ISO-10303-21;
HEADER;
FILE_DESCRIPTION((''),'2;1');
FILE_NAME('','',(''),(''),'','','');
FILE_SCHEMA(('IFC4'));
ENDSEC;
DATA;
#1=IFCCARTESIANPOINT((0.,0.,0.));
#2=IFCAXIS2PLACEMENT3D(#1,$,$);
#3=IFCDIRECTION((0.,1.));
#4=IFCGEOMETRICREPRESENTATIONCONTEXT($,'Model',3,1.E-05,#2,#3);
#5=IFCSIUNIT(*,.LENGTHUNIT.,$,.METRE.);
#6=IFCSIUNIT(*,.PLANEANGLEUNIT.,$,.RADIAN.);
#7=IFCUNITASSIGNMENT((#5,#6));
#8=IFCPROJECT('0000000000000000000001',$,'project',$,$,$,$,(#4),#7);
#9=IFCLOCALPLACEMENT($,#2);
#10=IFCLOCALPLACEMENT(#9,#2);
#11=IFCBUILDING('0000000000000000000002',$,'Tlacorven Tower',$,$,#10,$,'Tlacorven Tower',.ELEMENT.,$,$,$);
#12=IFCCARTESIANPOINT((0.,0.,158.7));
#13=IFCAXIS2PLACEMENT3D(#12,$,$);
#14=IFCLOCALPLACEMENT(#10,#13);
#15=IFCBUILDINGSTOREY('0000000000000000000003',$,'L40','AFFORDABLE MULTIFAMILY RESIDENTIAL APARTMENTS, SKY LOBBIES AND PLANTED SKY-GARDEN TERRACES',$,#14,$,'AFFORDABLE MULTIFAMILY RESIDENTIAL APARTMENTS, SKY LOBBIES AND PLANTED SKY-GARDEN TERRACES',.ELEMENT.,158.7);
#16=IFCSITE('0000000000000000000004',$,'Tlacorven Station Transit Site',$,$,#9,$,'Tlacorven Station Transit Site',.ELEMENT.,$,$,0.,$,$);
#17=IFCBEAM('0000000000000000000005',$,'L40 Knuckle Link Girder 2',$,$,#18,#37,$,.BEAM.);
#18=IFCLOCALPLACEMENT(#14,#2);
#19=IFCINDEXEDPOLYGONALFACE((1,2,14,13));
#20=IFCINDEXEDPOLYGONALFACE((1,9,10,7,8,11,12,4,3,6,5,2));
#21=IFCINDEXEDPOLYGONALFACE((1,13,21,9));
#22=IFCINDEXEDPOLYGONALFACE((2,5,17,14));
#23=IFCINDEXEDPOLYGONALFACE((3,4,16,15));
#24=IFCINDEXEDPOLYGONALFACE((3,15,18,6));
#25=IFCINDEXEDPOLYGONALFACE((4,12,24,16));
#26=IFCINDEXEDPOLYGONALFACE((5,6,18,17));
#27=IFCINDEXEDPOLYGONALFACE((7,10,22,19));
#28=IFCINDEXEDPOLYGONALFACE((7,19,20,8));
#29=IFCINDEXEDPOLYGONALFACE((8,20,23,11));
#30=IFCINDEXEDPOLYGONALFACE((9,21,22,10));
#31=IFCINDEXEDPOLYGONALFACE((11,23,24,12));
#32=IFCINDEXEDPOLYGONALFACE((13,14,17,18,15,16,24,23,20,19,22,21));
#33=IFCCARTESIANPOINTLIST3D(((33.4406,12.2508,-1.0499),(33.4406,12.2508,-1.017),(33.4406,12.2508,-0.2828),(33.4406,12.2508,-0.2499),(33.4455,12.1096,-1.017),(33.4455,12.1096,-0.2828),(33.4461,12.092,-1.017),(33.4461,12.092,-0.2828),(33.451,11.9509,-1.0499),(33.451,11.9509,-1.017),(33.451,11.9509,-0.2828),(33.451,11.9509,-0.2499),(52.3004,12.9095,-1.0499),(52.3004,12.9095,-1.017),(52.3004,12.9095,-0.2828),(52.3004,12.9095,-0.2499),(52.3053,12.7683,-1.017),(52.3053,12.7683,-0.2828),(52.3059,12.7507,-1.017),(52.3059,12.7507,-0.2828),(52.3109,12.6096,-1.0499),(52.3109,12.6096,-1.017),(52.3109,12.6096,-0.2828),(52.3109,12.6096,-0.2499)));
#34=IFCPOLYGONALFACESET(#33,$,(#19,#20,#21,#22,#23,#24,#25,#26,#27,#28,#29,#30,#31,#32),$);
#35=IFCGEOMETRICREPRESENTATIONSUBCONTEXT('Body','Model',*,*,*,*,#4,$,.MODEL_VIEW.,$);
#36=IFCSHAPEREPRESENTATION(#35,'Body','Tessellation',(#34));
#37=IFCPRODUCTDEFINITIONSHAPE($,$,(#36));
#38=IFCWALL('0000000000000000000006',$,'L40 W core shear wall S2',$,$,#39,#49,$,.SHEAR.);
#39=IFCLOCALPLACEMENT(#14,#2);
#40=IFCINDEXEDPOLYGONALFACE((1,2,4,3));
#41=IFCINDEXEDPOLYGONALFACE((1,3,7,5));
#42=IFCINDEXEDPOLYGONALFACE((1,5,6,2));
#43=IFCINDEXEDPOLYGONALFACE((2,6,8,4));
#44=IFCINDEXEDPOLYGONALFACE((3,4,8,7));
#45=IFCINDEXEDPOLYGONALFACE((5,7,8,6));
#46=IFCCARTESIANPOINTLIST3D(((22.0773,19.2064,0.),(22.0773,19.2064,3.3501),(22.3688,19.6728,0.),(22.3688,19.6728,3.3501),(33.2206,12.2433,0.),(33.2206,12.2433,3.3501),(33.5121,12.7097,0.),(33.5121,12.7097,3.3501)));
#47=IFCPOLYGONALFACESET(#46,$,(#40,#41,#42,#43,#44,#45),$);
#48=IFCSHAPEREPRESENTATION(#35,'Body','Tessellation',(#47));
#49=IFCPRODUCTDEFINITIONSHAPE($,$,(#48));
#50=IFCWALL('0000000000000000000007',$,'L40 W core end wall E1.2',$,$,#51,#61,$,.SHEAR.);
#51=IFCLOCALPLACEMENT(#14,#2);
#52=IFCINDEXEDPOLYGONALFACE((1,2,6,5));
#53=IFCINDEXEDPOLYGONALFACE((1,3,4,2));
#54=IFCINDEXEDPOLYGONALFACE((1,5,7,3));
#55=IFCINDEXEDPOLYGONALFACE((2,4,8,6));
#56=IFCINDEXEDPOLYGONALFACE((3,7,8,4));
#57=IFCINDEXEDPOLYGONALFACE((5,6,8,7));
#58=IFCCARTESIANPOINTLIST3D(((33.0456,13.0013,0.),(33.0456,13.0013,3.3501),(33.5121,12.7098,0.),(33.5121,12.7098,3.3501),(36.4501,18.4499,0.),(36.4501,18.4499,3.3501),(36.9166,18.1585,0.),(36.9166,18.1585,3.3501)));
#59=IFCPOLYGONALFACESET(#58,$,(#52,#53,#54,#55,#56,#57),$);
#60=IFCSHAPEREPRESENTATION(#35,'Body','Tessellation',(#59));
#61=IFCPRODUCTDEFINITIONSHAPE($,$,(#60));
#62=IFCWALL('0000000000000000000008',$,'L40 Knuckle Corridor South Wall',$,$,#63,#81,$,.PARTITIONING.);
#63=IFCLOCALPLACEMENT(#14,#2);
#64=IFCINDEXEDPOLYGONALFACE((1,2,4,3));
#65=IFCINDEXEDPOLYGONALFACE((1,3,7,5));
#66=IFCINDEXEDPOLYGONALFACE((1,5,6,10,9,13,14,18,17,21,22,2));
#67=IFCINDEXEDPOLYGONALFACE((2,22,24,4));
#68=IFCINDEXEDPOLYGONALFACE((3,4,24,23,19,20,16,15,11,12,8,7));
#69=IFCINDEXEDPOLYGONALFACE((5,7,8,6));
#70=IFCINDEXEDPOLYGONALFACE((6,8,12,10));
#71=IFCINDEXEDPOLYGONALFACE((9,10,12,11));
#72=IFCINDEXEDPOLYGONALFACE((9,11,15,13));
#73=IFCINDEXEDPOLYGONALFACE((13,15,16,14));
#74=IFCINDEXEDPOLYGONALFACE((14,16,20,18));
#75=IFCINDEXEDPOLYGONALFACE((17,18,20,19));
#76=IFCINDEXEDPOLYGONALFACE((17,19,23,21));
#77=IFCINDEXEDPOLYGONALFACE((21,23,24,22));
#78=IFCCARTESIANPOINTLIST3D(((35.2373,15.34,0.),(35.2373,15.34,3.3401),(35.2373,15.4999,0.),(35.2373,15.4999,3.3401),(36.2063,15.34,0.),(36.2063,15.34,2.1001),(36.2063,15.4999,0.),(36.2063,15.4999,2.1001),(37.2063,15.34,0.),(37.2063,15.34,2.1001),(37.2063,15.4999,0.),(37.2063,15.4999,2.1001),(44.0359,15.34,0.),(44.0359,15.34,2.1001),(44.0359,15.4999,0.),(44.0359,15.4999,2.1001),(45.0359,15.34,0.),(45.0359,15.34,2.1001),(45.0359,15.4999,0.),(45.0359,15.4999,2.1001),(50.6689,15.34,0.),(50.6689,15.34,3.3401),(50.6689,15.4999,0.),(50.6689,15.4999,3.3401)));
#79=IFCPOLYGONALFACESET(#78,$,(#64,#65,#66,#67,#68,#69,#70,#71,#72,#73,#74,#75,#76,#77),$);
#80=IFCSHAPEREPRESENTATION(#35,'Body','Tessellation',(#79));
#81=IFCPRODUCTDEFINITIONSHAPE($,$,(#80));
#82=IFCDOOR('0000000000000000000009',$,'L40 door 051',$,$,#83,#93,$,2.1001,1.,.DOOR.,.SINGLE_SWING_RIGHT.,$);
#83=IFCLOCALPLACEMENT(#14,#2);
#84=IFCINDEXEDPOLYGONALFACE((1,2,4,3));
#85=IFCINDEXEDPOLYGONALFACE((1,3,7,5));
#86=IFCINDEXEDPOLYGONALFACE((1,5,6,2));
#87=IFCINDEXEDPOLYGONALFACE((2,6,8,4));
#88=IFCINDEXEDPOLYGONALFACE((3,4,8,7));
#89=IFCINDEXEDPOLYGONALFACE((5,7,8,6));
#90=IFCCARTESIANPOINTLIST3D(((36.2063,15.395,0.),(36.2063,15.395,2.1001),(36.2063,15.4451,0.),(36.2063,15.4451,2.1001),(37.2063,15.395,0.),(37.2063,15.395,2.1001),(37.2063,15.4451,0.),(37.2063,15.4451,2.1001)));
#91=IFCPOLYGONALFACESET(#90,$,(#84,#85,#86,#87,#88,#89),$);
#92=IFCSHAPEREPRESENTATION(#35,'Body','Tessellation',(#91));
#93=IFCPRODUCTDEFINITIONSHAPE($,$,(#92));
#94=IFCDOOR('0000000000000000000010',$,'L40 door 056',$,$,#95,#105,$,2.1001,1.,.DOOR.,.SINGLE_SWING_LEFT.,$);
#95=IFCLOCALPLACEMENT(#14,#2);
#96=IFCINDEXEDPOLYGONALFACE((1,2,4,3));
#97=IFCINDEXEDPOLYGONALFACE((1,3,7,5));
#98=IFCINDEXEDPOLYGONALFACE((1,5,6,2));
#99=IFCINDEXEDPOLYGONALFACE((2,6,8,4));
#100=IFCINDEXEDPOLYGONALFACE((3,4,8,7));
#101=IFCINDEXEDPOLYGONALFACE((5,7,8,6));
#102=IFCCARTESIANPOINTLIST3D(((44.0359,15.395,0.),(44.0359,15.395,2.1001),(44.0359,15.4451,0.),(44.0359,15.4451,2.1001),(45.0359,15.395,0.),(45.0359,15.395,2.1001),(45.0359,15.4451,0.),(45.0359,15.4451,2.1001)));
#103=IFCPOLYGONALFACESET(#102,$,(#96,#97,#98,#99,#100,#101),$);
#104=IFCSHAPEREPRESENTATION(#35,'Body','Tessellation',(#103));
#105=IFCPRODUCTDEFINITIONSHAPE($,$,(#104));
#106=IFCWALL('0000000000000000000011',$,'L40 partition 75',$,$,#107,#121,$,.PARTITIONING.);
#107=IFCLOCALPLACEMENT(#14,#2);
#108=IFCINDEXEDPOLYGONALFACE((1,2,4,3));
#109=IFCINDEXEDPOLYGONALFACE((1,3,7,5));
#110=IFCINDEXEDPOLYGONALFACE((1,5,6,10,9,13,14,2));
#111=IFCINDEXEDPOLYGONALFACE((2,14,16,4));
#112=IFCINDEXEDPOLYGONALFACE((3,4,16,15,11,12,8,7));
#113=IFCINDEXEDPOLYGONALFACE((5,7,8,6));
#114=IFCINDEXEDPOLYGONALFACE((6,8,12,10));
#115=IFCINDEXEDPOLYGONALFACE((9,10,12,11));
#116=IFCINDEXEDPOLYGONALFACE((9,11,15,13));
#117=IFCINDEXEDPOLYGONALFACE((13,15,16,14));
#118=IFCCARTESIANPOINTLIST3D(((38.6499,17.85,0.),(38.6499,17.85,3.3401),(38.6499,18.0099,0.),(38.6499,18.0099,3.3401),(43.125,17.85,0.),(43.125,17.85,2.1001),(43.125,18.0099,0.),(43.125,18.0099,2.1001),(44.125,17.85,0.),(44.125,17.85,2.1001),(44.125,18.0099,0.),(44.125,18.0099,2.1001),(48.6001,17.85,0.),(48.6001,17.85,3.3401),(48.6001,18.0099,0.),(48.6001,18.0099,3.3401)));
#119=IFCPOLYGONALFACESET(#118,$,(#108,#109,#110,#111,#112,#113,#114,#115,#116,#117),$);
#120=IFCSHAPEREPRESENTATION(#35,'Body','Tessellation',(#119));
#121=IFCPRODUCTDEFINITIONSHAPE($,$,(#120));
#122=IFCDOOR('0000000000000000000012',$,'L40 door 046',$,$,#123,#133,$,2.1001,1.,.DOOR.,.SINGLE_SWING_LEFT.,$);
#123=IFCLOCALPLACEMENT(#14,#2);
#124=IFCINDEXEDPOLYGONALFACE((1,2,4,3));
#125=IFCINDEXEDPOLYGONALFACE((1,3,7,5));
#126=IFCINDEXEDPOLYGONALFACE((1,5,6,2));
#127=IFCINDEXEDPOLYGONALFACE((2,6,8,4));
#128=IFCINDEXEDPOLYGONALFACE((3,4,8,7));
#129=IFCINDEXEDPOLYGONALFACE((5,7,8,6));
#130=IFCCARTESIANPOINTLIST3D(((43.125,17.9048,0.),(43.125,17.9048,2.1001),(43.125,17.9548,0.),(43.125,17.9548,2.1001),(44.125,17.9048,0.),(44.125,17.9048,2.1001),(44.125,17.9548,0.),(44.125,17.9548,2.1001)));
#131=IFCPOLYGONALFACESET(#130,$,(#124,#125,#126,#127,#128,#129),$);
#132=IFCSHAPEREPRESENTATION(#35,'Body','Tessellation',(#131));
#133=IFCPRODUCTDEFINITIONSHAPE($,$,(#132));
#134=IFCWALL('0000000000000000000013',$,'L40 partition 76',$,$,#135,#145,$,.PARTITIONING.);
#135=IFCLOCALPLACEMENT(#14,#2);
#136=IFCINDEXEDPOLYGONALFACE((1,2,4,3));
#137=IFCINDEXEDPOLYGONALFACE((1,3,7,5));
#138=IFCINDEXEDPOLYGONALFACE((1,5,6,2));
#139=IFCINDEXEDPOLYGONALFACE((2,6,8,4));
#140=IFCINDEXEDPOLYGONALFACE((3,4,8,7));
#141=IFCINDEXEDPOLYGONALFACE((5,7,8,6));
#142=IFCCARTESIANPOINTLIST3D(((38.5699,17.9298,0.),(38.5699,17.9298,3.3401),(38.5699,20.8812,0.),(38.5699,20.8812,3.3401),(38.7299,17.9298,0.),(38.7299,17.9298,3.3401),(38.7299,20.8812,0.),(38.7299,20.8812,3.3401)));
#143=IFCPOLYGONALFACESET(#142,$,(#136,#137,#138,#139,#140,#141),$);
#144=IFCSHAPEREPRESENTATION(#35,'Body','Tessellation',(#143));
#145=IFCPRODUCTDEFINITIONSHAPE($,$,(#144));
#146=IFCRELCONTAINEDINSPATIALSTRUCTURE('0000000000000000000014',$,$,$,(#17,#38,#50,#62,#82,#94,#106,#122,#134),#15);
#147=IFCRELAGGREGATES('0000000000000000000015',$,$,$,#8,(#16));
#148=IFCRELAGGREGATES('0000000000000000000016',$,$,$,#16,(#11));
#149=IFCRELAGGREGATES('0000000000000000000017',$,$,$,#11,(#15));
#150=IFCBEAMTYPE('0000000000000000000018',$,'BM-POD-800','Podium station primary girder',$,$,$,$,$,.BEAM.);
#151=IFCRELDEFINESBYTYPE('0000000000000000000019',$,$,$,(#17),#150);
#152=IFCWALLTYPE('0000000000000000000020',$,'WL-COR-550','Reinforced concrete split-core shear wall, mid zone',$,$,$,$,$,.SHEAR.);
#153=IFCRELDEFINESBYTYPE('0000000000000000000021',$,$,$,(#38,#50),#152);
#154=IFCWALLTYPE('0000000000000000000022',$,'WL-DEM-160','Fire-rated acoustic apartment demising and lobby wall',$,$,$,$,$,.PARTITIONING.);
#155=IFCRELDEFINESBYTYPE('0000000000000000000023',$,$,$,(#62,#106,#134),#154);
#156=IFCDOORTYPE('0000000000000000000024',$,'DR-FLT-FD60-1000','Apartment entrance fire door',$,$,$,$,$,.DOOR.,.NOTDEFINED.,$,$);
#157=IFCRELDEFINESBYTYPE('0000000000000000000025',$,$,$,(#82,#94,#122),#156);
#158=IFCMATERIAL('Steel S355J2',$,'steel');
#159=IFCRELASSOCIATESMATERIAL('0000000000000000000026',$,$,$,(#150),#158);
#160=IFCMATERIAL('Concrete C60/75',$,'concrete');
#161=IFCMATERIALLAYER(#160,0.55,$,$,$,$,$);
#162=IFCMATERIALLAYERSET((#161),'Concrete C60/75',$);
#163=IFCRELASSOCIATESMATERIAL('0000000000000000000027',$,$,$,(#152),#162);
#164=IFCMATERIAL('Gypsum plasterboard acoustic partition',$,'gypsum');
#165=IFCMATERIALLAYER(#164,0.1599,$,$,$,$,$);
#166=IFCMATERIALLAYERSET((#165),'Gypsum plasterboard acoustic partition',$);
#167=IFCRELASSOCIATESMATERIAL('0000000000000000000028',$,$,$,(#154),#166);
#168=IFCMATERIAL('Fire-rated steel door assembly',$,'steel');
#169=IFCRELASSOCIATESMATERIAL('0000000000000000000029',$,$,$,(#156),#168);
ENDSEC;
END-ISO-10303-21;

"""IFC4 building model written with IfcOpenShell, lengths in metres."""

from ifc_helpers import new_model, si_unit, direction, frame, frame_2d, origin, origin_2d, place, context, subcontext, project, spatial, rectangle, i_section, extrude, source, transform, mapped, material, layer, layer_set, material_profile, profile_set, type_object, element, fill, save


model = new_model("IFC4")

# Units and contexts
model_context = context("Model", 3, precision=1e-05, world=origin(), true_north=direction((0.0, 1.0)))
body_context = subcontext(model_context, "Body", "Model", "MODEL_VIEW")
ifc_project = project(units=[si_unit("LENGTHUNIT", "METRE"), si_unit("PLANEANGLEUNIT", "RADIAN")], contexts=[model_context])

# Site, building, storey
site_placement = place(None, origin())
site = spatial("IfcSite", under=ifc_project, at=site_placement, Name="Tlacorven Station Transit Site", LongName="Tlacorven Station Transit Site", CompositionType="ELEMENT", RefElevation=0.0)
building_placement = place(site_placement, origin())
building = spatial("IfcBuilding", under=site, at=building_placement, Name="Tlacorven Tower", LongName="Tlacorven Tower", CompositionType="ELEMENT")
storey_placement = place(building_placement, frame((0.0, 0.0, 158.7)))
storey = spatial("IfcBuildingStorey", under=building, at=storey_placement, Name="L40", Description="AFFORDABLE MULTIFAMILY RESIDENTIAL APARTMENTS, SKY LOBBIES AND PLANTED SKY-GARDEN TERRACES", LongName="AFFORDABLE MULTIFAMILY RESIDENTIAL APARTMENTS, SKY LOBBIES AND PLANTED SKY-GARDEN TERRACES", CompositionType="ELEMENT", Elevation=158.7)

# Beam
ifc_material_1 = material(Name="Steel S355J2", Category="steel")
ifc_material_profile = material_profile(ifc_material_1, i_section(OverallWidth=0.3, OverallDepth=0.8, WebThickness=0.0176, FlangeThickness=0.033, at=origin_2d()), Name="HEB 800")
ifc_profile_set = profile_set([ifc_material_profile], Name="Steel S355J2")
beam_type = type_object("IfcBeamType", Name="BM-POD-800", Description="Podium station primary girder", PredefinedType="BEAM", material=ifc_profile_set)
shared_shape_1 = source(origin(), body_context, "Body", "SweptSolid", [
    extrude(i_section(OverallWidth=0.3, OverallDepth=0.8, WebThickness=0.0176, FlangeThickness=0.033, at=origin_2d()), origin(), (0.0, 0.0, 1.0), 18.8713),
])
beam_placement = place(storey_placement, frame((33.4458, 12.1008, -0.6499), z_axis=(0.999391, 0.034904, 0.0), x_axis=(-0.034904, 0.999391, 0.0)))
element("IfcBeam", 1, at=beam_placement, inside=storey, type_object=beam_type, Name="L40 Knuckle Link Girder 2", PredefinedType="BEAM", context=body_context, shape_type="MappedRepresentation", body=[
    mapped(shared_shape_1, transform((0.0, 0.0, 0.0), scale=1.0)),
])

# Walls
ifc_material_2 = material(Name="Concrete C60/75", Category="concrete")
ifc_layer_1 = layer(ifc_material_2, 0.55)
ifc_layer_set_1 = layer_set([ifc_layer_1], Name="Concrete C60/75")
wall_type_1 = type_object("IfcWallType", Name="WL-COR-550", Description="Reinforced concrete split-core shear wall, mid zone", PredefinedType="SHEAR", material=ifc_layer_set_1)
wall_1_placement = place(storey_placement, frame((33.3662, 12.4766, 0.0), z_axis=(0.0, 0.0, 1.0), x_axis=(-0.848047, 0.52992, 0.0)))
element("IfcWall", 2, at=wall_1_placement, inside=storey, type_object=wall_type_1, Name="L40 W core shear wall S2", PredefinedType="SHEAR", context=body_context, shape_type="SweptSolid", body=[
    extrude(rectangle(XDim=13.1399, YDim=0.55, at=frame_2d((6.5698, 0.0))), origin(), (0.0, 0.0, 1.0), 3.3501),
])
wall_2_placement = place(storey_placement, frame((36.6833, 18.3042, 0.0), z_axis=(0.0, 0.0, 1.0), x_axis=(-0.529896, -0.848062, 0.0)))
element("IfcWall", 3, at=wall_2_placement, inside=storey, type_object=wall_type_1, Name="L40 W core end wall E1.2", PredefinedType="SHEAR", context=body_context, shape_type="SweptSolid", body=[
    extrude(rectangle(XDim=6.4248, YDim=0.55, at=frame_2d((3.2124, 0.0))), origin(), (0.0, 0.0, 1.0), 3.3501),
])

# Wall, openings, doors
ifc_material_3 = material(Name="Gypsum plasterboard acoustic partition", Category="gypsum")
ifc_layer_2 = layer(ifc_material_3, 0.1599)
ifc_layer_set_2 = layer_set([ifc_layer_2], Name="Gypsum plasterboard acoustic partition")
wall_type_2 = type_object("IfcWallType", Name="WL-DEM-160", Description="Fire-rated acoustic apartment demising and lobby wall", PredefinedType="PARTITIONING", material=ifc_layer_set_2)
wall_3_placement = place(storey_placement, frame((35.2373, 15.4199, 0.0), z_axis=(0.0, 0.0, 1.0), x_axis=(1.0, 0.0, 0.0)))
wall_3 = element("IfcWall", 4, at=wall_3_placement, inside=storey, type_object=wall_type_2, Name="L40 Knuckle Corridor South Wall", PredefinedType="PARTITIONING", context=body_context, shape_type="SweptSolid", body=[
    extrude(rectangle(XDim=15.4316, YDim=0.1599, at=frame_2d((7.7158, 0.0))), origin(), (0.0, 0.0, 1.0), 3.3401),
])
opening_1_placement = place(wall_3_placement, frame((0.969, 0.0, 0.0)))
opening_1 = element("IfcOpeningElement", 5, at=opening_1_placement, cuts=wall_3, PredefinedType="OPENING", context=body_context, shape_type="SweptSolid", body=[
    extrude(rectangle(XDim=1.0, YDim=2.1001, at=frame_2d((0.5, 1.05))), frame((0.0, 0.0898, 0.0), z_axis=(0.0, -1.0, 0.0), x_axis=(1.0, 0.0, 0.0)), (0.0, 0.0, 1.0), 0.1799),
])
opening_2_placement = place(wall_3_placement, frame((8.7986, 0.0, 0.0)))
opening_2 = element("IfcOpeningElement", 6, at=opening_2_placement, cuts=wall_3, PredefinedType="OPENING", context=body_context, shape_type="SweptSolid", body=[
    extrude(rectangle(XDim=1.0, YDim=2.1001, at=frame_2d((0.5, 1.05))), frame((0.0, 0.0898, 0.0), z_axis=(0.0, -1.0, 0.0), x_axis=(1.0, 0.0, 0.0)), (0.0, 0.0, 1.0), 0.1799),
])
ifc_material_4 = material(Name="Fire-rated steel door assembly", Category="steel")
door_type_1 = type_object("IfcDoorType", Name="DR-FLT-FD60-1000", Description="Apartment entrance fire door", OperationType="NOTDEFINED", PredefinedType="DOOR", material=ifc_material_4)
shared_shape_2 = source(origin(), body_context, "Body", "SweptSolid", [
    extrude(rectangle(XDim=1.0, YDim=2.1001, at=frame_2d((0.5, 1.05))), frame((0.0, 0.0249, 0.0), z_axis=(0.0, -1.0, 0.0), x_axis=(1.0, 0.0, 0.0)), (0.0, 0.0, 1.0), 0.05),
])
door_1_placement = place(opening_1_placement, frame((1.0, 0.0, 0.0), z_axis=(0.0, 0.0, 1.0), x_axis=(-1.0, 0.0, 0.0)))
door_1 = element("IfcDoor", 7, at=door_1_placement, inside=storey, type_object=door_type_1, Name="L40 door 051", OperationType="SINGLE_SWING_RIGHT", OverallHeight=2.1001, OverallWidth=1.0, PredefinedType="DOOR", context=body_context, shape_type="MappedRepresentation", body=[
    mapped(shared_shape_2, transform((0.0, 0.0, 0.0), scale=1.0)),
])
fill(opening_1, door_1)
door_2_placement = place(opening_2_placement, frame((1.0, 0.0, 0.0), z_axis=(0.0, 0.0, 1.0), x_axis=(-1.0, 0.0, 0.0)))
door_2 = element("IfcDoor", 8, at=door_2_placement, inside=storey, type_object=door_type_1, Name="L40 door 056", OperationType="SINGLE_SWING_LEFT", OverallHeight=2.1001, OverallWidth=1.0, PredefinedType="DOOR", context=body_context, shape_type="MappedRepresentation", body=[
    mapped(shared_shape_2, transform((0.0, 0.0, 0.0), scale=1.0)),
])
fill(opening_2, door_2)

# Wall, opening, door
wall_4_placement = place(storey_placement, frame((38.6499, 17.9299, 0.0), z_axis=(0.0, 0.0, 1.0), x_axis=(1.0, 0.0, 0.0)))
wall_4 = element("IfcWall", 9, at=wall_4_placement, inside=storey, type_object=wall_type_2, Name="L40 partition 75", PredefinedType="PARTITIONING", context=body_context, shape_type="SweptSolid", body=[
    extrude(rectangle(XDim=9.9502, YDim=0.1599, at=frame_2d((4.9751, 0.0))), origin(), (0.0, 0.0, 1.0), 3.3401),
])
opening_3_placement = place(wall_4_placement, frame((4.4751, 0.0, 0.0)))
opening_3 = element("IfcOpeningElement", 10, at=opening_3_placement, cuts=wall_4, PredefinedType="OPENING", context=body_context, shape_type="SweptSolid", body=[
    extrude(rectangle(XDim=1.0, YDim=2.1001, at=frame_2d((0.5, 1.05))), frame((0.0, 0.0898, 0.0), z_axis=(0.0, -1.0, 0.0), x_axis=(1.0, 0.0, 0.0)), (0.0, 0.0, 1.0), 0.1799),
])
door_3_placement = place(opening_3_placement, origin())
door_3 = element("IfcDoor", 11, at=door_3_placement, inside=storey, type_object=door_type_1, Name="L40 door 046", OperationType="SINGLE_SWING_LEFT", OverallHeight=2.1001, OverallWidth=1.0, PredefinedType="DOOR", context=body_context, shape_type="MappedRepresentation", body=[
    mapped(shared_shape_2, transform((0.0, 0.0, 0.0), scale=1.0)),
])
fill(opening_3, door_3)

# Wall
wall_5_placement = place(storey_placement, frame((38.6499, 17.9299, 0.0), z_axis=(0.0, 0.0, 1.0), x_axis=(0.0, 1.0, 0.0)))
element("IfcWall", 12, at=wall_5_placement, inside=storey, type_object=wall_type_2, Name="L40 partition 76", PredefinedType="PARTITIONING", context=body_context, shape_type="SweptSolid", body=[
    extrude(rectangle(XDim=2.9514, YDim=0.1599, at=frame_2d((1.4756, 0.0))), origin(), (0.0, 0.0, 1.0), 3.3401),
])

save(model, "model.ifc")
